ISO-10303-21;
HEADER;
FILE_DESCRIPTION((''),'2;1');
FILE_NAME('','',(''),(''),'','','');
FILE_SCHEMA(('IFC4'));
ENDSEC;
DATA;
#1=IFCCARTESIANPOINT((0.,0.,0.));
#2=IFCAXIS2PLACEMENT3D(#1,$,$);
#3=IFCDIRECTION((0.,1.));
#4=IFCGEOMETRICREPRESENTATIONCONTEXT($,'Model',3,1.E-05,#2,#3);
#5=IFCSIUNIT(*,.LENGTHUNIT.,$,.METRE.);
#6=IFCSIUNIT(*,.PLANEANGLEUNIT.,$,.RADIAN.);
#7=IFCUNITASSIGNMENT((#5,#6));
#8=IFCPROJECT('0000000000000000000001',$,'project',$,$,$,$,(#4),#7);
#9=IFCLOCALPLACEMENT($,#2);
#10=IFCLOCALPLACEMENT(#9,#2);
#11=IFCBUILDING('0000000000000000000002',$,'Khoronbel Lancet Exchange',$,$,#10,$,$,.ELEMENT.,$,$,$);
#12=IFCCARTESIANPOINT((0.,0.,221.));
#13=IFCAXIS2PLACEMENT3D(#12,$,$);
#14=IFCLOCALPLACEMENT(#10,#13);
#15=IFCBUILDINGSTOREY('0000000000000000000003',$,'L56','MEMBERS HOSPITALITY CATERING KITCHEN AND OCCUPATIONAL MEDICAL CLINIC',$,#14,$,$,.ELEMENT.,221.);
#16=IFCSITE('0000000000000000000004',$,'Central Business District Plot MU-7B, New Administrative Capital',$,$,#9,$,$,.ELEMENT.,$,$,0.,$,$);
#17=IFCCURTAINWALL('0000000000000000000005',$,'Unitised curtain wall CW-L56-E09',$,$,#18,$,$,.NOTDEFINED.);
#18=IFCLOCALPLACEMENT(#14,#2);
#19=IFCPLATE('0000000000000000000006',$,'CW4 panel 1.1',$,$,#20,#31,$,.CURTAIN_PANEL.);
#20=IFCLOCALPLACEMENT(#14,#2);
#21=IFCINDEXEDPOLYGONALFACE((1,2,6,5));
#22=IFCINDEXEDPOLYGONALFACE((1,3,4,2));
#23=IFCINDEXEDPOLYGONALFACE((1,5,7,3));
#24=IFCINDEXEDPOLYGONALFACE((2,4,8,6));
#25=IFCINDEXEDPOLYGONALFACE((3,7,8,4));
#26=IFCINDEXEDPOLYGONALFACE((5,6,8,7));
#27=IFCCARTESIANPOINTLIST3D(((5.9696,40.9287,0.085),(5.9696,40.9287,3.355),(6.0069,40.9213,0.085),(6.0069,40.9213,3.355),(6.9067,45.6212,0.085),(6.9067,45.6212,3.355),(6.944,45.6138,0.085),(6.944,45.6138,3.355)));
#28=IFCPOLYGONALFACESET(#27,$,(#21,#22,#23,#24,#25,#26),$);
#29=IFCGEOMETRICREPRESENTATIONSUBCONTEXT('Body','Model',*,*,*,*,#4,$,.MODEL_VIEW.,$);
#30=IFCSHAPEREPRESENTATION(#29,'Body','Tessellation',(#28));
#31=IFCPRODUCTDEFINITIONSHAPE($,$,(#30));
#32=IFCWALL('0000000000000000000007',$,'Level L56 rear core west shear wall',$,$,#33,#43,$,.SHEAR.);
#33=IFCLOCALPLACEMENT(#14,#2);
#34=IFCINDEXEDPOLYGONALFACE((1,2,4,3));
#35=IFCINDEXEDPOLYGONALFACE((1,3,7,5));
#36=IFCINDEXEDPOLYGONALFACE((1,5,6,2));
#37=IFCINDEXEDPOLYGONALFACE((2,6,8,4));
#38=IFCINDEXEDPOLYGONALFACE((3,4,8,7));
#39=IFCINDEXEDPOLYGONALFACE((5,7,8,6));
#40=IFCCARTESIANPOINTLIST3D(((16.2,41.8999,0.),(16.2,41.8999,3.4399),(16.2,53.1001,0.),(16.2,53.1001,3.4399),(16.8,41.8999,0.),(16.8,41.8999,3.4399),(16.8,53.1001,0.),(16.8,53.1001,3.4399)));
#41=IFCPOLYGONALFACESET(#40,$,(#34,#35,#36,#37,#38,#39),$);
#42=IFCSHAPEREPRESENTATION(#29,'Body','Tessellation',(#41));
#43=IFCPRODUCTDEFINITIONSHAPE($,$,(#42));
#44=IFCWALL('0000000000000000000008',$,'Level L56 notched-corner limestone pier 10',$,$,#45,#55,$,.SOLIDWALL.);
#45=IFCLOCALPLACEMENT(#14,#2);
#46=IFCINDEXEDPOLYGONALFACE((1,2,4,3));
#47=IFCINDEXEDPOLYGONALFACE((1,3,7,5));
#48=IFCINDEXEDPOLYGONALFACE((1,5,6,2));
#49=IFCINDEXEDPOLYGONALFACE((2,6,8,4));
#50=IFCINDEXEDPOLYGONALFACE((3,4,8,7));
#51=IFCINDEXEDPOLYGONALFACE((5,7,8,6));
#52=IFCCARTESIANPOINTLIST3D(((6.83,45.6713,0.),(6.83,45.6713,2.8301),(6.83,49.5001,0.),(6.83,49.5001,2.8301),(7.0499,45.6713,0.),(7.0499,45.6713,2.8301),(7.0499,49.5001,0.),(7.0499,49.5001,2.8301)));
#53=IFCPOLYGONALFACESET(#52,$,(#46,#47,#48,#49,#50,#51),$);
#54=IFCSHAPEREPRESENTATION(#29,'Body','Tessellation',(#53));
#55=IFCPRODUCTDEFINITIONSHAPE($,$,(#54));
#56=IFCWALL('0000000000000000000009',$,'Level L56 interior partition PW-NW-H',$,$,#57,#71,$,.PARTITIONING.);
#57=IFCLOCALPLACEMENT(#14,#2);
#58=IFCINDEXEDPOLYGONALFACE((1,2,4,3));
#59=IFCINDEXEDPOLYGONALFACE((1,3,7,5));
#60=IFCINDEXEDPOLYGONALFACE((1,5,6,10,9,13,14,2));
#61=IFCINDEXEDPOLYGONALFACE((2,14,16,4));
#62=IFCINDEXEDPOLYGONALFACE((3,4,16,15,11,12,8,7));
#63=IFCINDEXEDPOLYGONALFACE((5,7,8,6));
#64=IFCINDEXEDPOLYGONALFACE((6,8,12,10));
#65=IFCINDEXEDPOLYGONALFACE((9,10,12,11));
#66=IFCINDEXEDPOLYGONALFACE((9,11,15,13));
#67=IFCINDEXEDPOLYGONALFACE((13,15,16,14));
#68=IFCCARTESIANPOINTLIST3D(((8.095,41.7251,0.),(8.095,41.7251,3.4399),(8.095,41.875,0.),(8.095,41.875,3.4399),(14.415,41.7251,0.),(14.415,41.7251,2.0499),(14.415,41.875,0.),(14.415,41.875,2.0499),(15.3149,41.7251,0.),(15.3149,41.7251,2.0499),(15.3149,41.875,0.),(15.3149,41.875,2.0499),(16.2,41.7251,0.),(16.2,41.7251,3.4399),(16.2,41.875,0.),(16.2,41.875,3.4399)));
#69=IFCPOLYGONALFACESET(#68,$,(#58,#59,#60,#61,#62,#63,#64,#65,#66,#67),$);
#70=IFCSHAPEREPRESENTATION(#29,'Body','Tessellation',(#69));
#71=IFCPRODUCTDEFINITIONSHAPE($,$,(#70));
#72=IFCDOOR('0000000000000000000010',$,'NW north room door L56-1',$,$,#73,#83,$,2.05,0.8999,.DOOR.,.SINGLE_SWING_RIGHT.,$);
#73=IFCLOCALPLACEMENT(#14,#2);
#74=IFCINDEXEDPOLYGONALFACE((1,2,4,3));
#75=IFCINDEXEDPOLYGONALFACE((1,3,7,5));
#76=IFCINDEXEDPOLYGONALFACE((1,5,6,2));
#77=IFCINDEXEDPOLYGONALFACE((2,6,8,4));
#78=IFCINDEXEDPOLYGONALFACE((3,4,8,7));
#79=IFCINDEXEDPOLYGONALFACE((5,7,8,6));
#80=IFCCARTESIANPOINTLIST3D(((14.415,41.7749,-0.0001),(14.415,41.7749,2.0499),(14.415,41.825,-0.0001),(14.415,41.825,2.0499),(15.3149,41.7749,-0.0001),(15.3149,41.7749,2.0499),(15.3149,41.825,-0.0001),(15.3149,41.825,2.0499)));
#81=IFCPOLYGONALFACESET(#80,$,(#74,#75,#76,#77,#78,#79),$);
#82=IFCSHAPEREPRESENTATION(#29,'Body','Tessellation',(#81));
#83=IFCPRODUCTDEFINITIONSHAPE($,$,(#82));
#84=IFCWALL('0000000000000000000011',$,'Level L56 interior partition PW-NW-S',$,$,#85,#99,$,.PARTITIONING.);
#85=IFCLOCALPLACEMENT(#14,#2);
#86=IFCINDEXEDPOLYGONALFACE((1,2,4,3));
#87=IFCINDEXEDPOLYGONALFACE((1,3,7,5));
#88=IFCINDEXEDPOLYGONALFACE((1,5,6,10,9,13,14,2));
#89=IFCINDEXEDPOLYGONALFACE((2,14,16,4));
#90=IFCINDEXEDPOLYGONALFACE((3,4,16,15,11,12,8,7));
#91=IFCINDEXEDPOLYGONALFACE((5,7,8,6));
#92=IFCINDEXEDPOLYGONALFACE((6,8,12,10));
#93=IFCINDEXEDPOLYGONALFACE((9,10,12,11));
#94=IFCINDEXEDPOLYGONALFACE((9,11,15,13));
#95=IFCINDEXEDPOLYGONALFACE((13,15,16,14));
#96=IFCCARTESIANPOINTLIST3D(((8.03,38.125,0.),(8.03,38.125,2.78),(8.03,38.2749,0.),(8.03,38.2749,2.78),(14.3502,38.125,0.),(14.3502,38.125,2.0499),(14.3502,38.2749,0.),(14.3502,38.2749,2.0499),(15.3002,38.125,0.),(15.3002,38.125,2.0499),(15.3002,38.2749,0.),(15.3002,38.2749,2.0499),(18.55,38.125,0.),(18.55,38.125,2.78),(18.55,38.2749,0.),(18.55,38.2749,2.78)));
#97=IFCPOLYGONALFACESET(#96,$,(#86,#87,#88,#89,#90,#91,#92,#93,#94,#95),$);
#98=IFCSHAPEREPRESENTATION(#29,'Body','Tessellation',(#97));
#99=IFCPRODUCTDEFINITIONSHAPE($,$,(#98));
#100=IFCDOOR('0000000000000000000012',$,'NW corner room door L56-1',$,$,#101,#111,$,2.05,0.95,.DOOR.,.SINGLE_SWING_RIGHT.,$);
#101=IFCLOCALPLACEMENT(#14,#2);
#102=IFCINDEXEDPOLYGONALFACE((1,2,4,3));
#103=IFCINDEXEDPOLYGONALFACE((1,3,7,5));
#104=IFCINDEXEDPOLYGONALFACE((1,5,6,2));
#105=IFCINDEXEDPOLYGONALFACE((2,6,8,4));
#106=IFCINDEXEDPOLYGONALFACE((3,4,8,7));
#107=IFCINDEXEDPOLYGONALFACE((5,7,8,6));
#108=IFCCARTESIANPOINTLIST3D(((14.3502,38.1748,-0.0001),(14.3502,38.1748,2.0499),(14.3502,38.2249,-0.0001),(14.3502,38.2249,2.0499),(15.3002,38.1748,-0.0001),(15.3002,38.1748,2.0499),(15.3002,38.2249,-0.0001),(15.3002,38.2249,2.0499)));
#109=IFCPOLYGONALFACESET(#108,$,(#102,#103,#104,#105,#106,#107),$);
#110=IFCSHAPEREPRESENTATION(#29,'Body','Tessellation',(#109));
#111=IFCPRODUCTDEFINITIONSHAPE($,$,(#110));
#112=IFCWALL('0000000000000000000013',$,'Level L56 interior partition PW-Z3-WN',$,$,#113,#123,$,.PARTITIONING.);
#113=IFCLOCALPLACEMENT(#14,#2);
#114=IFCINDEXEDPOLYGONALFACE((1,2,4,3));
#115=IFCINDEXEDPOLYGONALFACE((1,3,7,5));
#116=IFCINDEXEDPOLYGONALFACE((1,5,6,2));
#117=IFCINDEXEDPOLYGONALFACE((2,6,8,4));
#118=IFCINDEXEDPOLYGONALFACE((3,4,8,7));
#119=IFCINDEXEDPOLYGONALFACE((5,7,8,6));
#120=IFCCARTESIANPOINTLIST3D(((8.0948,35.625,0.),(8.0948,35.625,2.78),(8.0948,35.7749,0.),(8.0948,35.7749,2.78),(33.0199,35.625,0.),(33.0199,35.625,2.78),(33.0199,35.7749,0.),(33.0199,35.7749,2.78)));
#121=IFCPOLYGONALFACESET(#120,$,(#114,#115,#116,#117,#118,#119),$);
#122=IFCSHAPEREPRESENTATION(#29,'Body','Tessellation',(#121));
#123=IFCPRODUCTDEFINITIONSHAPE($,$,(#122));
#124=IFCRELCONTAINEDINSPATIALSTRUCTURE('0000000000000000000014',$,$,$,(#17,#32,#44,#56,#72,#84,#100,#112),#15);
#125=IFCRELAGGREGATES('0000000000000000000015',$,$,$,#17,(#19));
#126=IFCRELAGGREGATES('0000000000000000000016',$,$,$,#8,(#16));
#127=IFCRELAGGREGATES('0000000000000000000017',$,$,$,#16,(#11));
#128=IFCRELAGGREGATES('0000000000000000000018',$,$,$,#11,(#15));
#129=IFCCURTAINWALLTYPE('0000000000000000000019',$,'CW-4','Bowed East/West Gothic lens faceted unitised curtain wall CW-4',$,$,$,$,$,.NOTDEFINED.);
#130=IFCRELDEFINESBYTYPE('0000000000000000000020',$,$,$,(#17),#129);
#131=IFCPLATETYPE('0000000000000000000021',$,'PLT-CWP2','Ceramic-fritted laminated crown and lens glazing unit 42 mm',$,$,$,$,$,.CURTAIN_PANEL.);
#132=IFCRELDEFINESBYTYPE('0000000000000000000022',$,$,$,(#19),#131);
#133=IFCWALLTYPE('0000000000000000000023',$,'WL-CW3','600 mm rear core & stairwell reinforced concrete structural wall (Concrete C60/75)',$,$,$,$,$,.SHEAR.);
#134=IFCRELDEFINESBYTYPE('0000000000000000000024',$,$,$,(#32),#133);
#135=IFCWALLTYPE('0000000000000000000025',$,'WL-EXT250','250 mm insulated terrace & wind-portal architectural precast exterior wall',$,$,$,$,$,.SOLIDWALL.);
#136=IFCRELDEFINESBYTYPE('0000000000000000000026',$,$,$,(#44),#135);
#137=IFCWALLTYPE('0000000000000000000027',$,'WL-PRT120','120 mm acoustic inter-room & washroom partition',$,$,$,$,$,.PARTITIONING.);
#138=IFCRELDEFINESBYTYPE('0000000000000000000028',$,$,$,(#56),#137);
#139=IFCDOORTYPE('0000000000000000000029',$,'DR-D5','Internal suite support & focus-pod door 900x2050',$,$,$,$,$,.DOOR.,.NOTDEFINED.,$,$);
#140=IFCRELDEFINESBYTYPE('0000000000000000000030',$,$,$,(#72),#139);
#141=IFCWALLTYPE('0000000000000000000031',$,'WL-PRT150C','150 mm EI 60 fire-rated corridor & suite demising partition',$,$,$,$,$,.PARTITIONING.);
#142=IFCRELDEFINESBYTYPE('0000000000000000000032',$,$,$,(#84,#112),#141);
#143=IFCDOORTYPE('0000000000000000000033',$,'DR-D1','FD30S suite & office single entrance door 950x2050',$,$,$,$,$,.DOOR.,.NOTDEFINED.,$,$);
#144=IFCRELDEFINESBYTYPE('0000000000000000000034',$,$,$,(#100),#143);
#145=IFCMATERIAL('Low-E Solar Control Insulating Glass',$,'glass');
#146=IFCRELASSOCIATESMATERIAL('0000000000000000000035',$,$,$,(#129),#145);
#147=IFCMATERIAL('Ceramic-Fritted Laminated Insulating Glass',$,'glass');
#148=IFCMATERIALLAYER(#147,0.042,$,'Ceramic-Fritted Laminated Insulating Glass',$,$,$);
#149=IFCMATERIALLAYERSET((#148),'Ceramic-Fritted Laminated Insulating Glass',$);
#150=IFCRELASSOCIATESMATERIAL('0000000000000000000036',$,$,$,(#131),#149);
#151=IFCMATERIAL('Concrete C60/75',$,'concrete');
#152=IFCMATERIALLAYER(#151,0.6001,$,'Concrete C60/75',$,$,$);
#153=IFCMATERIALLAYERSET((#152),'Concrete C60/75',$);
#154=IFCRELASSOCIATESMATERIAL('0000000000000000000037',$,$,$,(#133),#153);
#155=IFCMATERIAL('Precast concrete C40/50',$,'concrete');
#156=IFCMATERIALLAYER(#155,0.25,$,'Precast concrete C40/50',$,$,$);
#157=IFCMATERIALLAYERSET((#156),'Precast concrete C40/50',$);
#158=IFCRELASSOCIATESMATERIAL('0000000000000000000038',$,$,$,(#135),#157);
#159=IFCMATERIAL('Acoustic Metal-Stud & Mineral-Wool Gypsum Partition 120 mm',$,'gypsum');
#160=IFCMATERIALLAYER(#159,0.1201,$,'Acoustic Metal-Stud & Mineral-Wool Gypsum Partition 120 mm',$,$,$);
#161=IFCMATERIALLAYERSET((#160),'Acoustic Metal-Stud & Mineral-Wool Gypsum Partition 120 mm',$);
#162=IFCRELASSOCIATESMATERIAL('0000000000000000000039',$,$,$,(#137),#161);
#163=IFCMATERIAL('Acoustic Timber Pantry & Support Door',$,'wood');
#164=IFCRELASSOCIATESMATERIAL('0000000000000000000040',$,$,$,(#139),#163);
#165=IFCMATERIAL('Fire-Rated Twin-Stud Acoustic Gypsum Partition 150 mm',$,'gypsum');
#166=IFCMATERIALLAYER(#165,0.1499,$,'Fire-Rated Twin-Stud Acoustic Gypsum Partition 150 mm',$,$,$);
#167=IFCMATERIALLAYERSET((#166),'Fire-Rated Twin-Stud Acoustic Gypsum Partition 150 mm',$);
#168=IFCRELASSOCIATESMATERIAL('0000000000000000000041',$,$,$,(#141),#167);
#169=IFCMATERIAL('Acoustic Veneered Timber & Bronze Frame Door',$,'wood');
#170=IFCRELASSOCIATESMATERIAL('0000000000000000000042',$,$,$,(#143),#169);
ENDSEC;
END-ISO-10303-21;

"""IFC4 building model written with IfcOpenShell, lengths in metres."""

from ifc_helpers import new_model, si_unit, direction, frame, frame_2d, origin, origin_2d, place, context, subcontext, project, spatial, rectangle, extrude, material, layer, layer_set, type_object, element, fill, aggregate, save


model = new_model("IFC4")

# Units and contexts
model_context = context("Model", 3, precision=1e-05, world=origin(), true_north=direction((0.0, 1.0)))
body_context = subcontext(model_context, "Body", "Model", "MODEL_VIEW")
ifc_project = project(units=[si_unit("LENGTHUNIT", "METRE"), si_unit("PLANEANGLEUNIT", "RADIAN")], contexts=[model_context])

# Site, building, storey
site_placement = place(None, origin())
site = spatial("IfcSite", under=ifc_project, at=site_placement, Name="Central Business District Plot MU-7B, New Administrative Capital", CompositionType="ELEMENT", RefElevation=0.0)
building_placement = place(site_placement, origin())
building = spatial("IfcBuilding", under=site, at=building_placement, Name="Khoronbel Lancet Exchange", CompositionType="ELEMENT")
storey_placement = place(building_placement, frame((0.0, 0.0, 221.0)))
storey = spatial("IfcBuildingStorey", under=building, at=storey_placement, Name="L56", Description="MEMBERS HOSPITALITY CATERING KITCHEN AND OCCUPATIONAL MEDICAL CLINIC", CompositionType="ELEMENT", Elevation=221.0)

# Shared definitions
ifc_material_1 = material(Name="Low-E Solar Control Insulating Glass", Category="glass")
curtain_wall_type = type_object("IfcCurtainWallType", Name="CW-4", Description="Bowed East/West Gothic lens faceted unitised curtain wall CW-4", PredefinedType="NOTDEFINED", material=ifc_material_1)

# Curtain wall
curtain_wall_1_placement = place(storey_placement, origin())
curtain_wall_1 = element("IfcCurtainWall", 1, at=curtain_wall_1_placement, inside=storey, type_object=curtain_wall_type, Name="Unitised curtain wall CW-L56-E09", PredefinedType="NOTDEFINED")

# Plate
ifc_material_2 = material(Name="Ceramic-Fritted Laminated Insulating Glass", Category="glass")
ifc_layer_1 = layer(ifc_material_2, 0.042, Name="Ceramic-Fritted Laminated Insulating Glass")
ifc_layer_set_1 = layer_set([ifc_layer_1], Name="Ceramic-Fritted Laminated Insulating Glass")
plate_type_1 = type_object("IfcPlateType", Name="PLT-CWP2", Description="Ceramic-fritted laminated crown and lens glazing unit 42 mm", PredefinedType="CURTAIN_PANEL", material=ifc_layer_set_1)
plate_1_placement = place(storey_placement, frame((6.4568, 43.2712, 0.085), z_axis=(0.0, 0.0, 1.0), x_axis=(0.195836, 0.980637, 0.0)))
plate_1 = element("IfcPlate", 2, at=plate_1_placement, type_object=plate_type_1, Name="CW4 panel 1.1", PredefinedType="CURTAIN_PANEL", context=body_context, shape_type="SweptSolid", body=[
    extrude(rectangle(XDim=4.7852, YDim=0.0381, at=origin_2d()), origin(), (0.0, 0.0, 1.0), 3.27),
])
aggregate(curtain_wall_1, [plate_1])

# Walls
ifc_material_3 = material(Name="Concrete C60/75", Category="concrete")
ifc_layer_2 = layer(ifc_material_3, 0.6001, Name="Concrete C60/75")
ifc_layer_set_2 = layer_set([ifc_layer_2], Name="Concrete C60/75")
wall_type_1 = type_object("IfcWallType", Name="WL-CW3", Description="600 mm rear core & stairwell reinforced concrete structural wall (Concrete C60/75)", PredefinedType="SHEAR", material=ifc_layer_set_2)
wall_1_placement = place(storey_placement, frame((16.5, 41.8999, 0.0), z_axis=(0.0, 0.0, 1.0), x_axis=(0.0, 1.0, 0.0)))
element("IfcWall", 3, at=wall_1_placement, inside=storey, type_object=wall_type_1, Name="Level L56 rear core west shear wall", PredefinedType="SHEAR", context=body_context, shape_type="SweptSolid", body=[
    extrude(rectangle(XDim=11.2002, YDim=0.6001, at=frame_2d((5.6001, 0.0))), origin(), (0.0, 0.0, 1.0), 3.4399),
])
ifc_material_4 = material(Name="Precast concrete C40/50", Category="concrete")
ifc_layer_3 = layer(ifc_material_4, 0.25, Name="Precast concrete C40/50")
ifc_layer_set_3 = layer_set([ifc_layer_3], Name="Precast concrete C40/50")
wall_type_2 = type_object("IfcWallType", Name="WL-EXT250", Description="250 mm insulated terrace & wind-portal architectural precast exterior wall", PredefinedType="SOLIDWALL", material=ifc_layer_set_3)
wall_2_placement = place(storey_placement, frame((6.9399, 45.6711, 0.0), z_axis=(0.0, 0.0, 1.0), x_axis=(0.0, 1.0, 0.0)))
element("IfcWall", 4, at=wall_2_placement, inside=storey, type_object=wall_type_2, Name="Level L56 notched-corner limestone pier 10", PredefinedType="SOLIDWALL", context=body_context, shape_type="SweptSolid", body=[
    extrude(rectangle(XDim=3.8289, YDim=0.22, at=frame_2d((1.9146, 0.0))), origin(), (0.0, 0.0, 1.0), 2.8301),
])

# Walls, openings, doors
ifc_material_5 = material(Name="Acoustic Metal-Stud & Mineral-Wool Gypsum Partition 120 mm", Category="gypsum")
ifc_layer_4 = layer(ifc_material_5, 0.1201, Name="Acoustic Metal-Stud & Mineral-Wool Gypsum Partition 120 mm")
ifc_layer_set_4 = layer_set([ifc_layer_4], Name="Acoustic Metal-Stud & Mineral-Wool Gypsum Partition 120 mm")
wall_type_3 = type_object("IfcWallType", Name="WL-PRT120", Description="120 mm acoustic inter-room & washroom partition", PredefinedType="PARTITIONING", material=ifc_layer_set_4)
wall_3_placement = place(storey_placement, frame((8.095, 41.8, 0.0), z_axis=(0.0, 0.0, 1.0), x_axis=(1.0, 0.0, 0.0)))
wall_3 = element("IfcWall", 5, at=wall_3_placement, inside=storey, type_object=wall_type_3, Name="Level L56 interior partition PW-NW-H", PredefinedType="PARTITIONING", context=body_context, shape_type="SweptSolid", body=[
    extrude(rectangle(XDim=8.105, YDim=0.1499, at=frame_2d((4.0525, 0.0))), origin(), (0.0, 0.0, 1.0), 3.4399),
])
opening_1_placement = place(wall_3_placement, frame((6.3201, 0.0, 0.0)))
opening_1 = element("IfcOpeningElement", 6, at=opening_1_placement, cuts=wall_3, PredefinedType="OPENING", context=body_context, shape_type="SweptSolid", body=[
    extrude(rectangle(XDim=0.8999, YDim=2.05, at=frame_2d((0.45, 1.0249))), frame((0.0, 0.085, 0.0), z_axis=(0.0, -1.0, 0.0), x_axis=(1.0, 0.0, 0.0)), (0.0, 0.0, 1.0), 0.1699),
])
ifc_material_6 = material(Name="Acoustic Timber Pantry & Support Door", Category="wood")
door_type_1 = type_object("IfcDoorType", Name="DR-D5", Description="Internal suite support & focus-pod door 900x2050", OperationType="NOTDEFINED", PredefinedType="DOOR", material=ifc_material_6)
door_1_placement = place(opening_1_placement, origin())
door_1 = element("IfcDoor", 7, at=door_1_placement, inside=storey, type_object=door_type_1, Name="NW north room door L56-1", OperationType="SINGLE_SWING_RIGHT", OverallHeight=2.05, OverallWidth=0.8999, PredefinedType="DOOR", context=body_context, shape_type="SweptSolid", body=[
    extrude(rectangle(XDim=0.8999, YDim=2.05, at=frame_2d((0.45, 1.0249))), frame((0.0, 0.0249, 0.0), z_axis=(0.0, -1.0, 0.0), x_axis=(1.0, 0.0, 0.0)), (0.0, 0.0, 1.0), 0.05),
])
fill(opening_1, door_1)
ifc_material_7 = material(Name="Fire-Rated Twin-Stud Acoustic Gypsum Partition 150 mm", Category="gypsum")
ifc_layer_5 = layer(ifc_material_7, 0.1499, Name="Fire-Rated Twin-Stud Acoustic Gypsum Partition 150 mm")
ifc_layer_set_5 = layer_set([ifc_layer_5], Name="Fire-Rated Twin-Stud Acoustic Gypsum Partition 150 mm")
wall_type_4 = type_object("IfcWallType", Name="WL-PRT150C", Description="150 mm EI 60 fire-rated corridor & suite demising partition", PredefinedType="PARTITIONING", material=ifc_layer_set_5)
wall_4_placement = place(storey_placement, frame((8.03, 38.2, 0.0), z_axis=(0.0, 0.0, 1.0), x_axis=(1.0, 0.0, 0.0)))
wall_4 = element("IfcWall", 8, at=wall_4_placement, inside=storey, type_object=wall_type_4, Name="Level L56 interior partition PW-NW-S", PredefinedType="PARTITIONING", context=body_context, shape_type="SweptSolid", body=[
    extrude(rectangle(XDim=10.52, YDim=0.1499, at=frame_2d((5.26, 0.0))), origin(), (0.0, 0.0, 1.0), 2.78),
])
opening_2_placement = place(wall_4_placement, frame((6.3201, 0.0, 0.0)))
opening_2 = element("IfcOpeningElement", 9, at=opening_2_placement, cuts=wall_4, PredefinedType="OPENING", context=body_context, shape_type="SweptSolid", body=[
    extrude(rectangle(XDim=0.95, YDim=2.05, at=frame_2d((0.4751, 1.0249))), frame((0.0, 0.085, 0.0), z_axis=(0.0, -1.0, 0.0), x_axis=(1.0, 0.0, 0.0)), (0.0, 0.0, 1.0), 0.1699),
])
ifc_material_8 = material(Name="Acoustic Veneered Timber & Bronze Frame Door", Category="wood")
door_type_2 = type_object("IfcDoorType", Name="DR-D1", Description="FD30S suite & office single entrance door 950x2050", OperationType="NOTDEFINED", PredefinedType="DOOR", material=ifc_material_8)
door_2_placement = place(opening_2_placement, origin())
door_2 = element("IfcDoor", 10, at=door_2_placement, inside=storey, type_object=door_type_2, Name="NW corner room door L56-1", OperationType="SINGLE_SWING_RIGHT", OverallHeight=2.05, OverallWidth=0.95, PredefinedType="DOOR", context=body_context, shape_type="SweptSolid", body=[
    extrude(rectangle(XDim=0.95, YDim=2.05, at=frame_2d((0.4751, 1.0249))), frame((0.0, 0.0249, 0.0), z_axis=(0.0, -1.0, 0.0), x_axis=(1.0, 0.0, 0.0)), (0.0, 0.0, 1.0), 0.05),
])
fill(opening_2, door_2)

# Wall
wall_5_placement = place(storey_placement, frame((8.095, 35.7, 0.0), z_axis=(0.0, 0.0, 1.0), x_axis=(1.0, 0.0, 0.0)))
element("IfcWall", 11, at=wall_5_placement, inside=storey, type_object=wall_type_4, Name="Level L56 interior partition PW-Z3-WN", PredefinedType="PARTITIONING", context=body_context, shape_type="SweptSolid", body=[
    extrude(rectangle(XDim=24.925, YDim=0.1499, at=frame_2d((12.4624, 0.0))), origin(), (0.0, 0.0, 1.0), 2.78),
])

save(model, "model.ifc")
